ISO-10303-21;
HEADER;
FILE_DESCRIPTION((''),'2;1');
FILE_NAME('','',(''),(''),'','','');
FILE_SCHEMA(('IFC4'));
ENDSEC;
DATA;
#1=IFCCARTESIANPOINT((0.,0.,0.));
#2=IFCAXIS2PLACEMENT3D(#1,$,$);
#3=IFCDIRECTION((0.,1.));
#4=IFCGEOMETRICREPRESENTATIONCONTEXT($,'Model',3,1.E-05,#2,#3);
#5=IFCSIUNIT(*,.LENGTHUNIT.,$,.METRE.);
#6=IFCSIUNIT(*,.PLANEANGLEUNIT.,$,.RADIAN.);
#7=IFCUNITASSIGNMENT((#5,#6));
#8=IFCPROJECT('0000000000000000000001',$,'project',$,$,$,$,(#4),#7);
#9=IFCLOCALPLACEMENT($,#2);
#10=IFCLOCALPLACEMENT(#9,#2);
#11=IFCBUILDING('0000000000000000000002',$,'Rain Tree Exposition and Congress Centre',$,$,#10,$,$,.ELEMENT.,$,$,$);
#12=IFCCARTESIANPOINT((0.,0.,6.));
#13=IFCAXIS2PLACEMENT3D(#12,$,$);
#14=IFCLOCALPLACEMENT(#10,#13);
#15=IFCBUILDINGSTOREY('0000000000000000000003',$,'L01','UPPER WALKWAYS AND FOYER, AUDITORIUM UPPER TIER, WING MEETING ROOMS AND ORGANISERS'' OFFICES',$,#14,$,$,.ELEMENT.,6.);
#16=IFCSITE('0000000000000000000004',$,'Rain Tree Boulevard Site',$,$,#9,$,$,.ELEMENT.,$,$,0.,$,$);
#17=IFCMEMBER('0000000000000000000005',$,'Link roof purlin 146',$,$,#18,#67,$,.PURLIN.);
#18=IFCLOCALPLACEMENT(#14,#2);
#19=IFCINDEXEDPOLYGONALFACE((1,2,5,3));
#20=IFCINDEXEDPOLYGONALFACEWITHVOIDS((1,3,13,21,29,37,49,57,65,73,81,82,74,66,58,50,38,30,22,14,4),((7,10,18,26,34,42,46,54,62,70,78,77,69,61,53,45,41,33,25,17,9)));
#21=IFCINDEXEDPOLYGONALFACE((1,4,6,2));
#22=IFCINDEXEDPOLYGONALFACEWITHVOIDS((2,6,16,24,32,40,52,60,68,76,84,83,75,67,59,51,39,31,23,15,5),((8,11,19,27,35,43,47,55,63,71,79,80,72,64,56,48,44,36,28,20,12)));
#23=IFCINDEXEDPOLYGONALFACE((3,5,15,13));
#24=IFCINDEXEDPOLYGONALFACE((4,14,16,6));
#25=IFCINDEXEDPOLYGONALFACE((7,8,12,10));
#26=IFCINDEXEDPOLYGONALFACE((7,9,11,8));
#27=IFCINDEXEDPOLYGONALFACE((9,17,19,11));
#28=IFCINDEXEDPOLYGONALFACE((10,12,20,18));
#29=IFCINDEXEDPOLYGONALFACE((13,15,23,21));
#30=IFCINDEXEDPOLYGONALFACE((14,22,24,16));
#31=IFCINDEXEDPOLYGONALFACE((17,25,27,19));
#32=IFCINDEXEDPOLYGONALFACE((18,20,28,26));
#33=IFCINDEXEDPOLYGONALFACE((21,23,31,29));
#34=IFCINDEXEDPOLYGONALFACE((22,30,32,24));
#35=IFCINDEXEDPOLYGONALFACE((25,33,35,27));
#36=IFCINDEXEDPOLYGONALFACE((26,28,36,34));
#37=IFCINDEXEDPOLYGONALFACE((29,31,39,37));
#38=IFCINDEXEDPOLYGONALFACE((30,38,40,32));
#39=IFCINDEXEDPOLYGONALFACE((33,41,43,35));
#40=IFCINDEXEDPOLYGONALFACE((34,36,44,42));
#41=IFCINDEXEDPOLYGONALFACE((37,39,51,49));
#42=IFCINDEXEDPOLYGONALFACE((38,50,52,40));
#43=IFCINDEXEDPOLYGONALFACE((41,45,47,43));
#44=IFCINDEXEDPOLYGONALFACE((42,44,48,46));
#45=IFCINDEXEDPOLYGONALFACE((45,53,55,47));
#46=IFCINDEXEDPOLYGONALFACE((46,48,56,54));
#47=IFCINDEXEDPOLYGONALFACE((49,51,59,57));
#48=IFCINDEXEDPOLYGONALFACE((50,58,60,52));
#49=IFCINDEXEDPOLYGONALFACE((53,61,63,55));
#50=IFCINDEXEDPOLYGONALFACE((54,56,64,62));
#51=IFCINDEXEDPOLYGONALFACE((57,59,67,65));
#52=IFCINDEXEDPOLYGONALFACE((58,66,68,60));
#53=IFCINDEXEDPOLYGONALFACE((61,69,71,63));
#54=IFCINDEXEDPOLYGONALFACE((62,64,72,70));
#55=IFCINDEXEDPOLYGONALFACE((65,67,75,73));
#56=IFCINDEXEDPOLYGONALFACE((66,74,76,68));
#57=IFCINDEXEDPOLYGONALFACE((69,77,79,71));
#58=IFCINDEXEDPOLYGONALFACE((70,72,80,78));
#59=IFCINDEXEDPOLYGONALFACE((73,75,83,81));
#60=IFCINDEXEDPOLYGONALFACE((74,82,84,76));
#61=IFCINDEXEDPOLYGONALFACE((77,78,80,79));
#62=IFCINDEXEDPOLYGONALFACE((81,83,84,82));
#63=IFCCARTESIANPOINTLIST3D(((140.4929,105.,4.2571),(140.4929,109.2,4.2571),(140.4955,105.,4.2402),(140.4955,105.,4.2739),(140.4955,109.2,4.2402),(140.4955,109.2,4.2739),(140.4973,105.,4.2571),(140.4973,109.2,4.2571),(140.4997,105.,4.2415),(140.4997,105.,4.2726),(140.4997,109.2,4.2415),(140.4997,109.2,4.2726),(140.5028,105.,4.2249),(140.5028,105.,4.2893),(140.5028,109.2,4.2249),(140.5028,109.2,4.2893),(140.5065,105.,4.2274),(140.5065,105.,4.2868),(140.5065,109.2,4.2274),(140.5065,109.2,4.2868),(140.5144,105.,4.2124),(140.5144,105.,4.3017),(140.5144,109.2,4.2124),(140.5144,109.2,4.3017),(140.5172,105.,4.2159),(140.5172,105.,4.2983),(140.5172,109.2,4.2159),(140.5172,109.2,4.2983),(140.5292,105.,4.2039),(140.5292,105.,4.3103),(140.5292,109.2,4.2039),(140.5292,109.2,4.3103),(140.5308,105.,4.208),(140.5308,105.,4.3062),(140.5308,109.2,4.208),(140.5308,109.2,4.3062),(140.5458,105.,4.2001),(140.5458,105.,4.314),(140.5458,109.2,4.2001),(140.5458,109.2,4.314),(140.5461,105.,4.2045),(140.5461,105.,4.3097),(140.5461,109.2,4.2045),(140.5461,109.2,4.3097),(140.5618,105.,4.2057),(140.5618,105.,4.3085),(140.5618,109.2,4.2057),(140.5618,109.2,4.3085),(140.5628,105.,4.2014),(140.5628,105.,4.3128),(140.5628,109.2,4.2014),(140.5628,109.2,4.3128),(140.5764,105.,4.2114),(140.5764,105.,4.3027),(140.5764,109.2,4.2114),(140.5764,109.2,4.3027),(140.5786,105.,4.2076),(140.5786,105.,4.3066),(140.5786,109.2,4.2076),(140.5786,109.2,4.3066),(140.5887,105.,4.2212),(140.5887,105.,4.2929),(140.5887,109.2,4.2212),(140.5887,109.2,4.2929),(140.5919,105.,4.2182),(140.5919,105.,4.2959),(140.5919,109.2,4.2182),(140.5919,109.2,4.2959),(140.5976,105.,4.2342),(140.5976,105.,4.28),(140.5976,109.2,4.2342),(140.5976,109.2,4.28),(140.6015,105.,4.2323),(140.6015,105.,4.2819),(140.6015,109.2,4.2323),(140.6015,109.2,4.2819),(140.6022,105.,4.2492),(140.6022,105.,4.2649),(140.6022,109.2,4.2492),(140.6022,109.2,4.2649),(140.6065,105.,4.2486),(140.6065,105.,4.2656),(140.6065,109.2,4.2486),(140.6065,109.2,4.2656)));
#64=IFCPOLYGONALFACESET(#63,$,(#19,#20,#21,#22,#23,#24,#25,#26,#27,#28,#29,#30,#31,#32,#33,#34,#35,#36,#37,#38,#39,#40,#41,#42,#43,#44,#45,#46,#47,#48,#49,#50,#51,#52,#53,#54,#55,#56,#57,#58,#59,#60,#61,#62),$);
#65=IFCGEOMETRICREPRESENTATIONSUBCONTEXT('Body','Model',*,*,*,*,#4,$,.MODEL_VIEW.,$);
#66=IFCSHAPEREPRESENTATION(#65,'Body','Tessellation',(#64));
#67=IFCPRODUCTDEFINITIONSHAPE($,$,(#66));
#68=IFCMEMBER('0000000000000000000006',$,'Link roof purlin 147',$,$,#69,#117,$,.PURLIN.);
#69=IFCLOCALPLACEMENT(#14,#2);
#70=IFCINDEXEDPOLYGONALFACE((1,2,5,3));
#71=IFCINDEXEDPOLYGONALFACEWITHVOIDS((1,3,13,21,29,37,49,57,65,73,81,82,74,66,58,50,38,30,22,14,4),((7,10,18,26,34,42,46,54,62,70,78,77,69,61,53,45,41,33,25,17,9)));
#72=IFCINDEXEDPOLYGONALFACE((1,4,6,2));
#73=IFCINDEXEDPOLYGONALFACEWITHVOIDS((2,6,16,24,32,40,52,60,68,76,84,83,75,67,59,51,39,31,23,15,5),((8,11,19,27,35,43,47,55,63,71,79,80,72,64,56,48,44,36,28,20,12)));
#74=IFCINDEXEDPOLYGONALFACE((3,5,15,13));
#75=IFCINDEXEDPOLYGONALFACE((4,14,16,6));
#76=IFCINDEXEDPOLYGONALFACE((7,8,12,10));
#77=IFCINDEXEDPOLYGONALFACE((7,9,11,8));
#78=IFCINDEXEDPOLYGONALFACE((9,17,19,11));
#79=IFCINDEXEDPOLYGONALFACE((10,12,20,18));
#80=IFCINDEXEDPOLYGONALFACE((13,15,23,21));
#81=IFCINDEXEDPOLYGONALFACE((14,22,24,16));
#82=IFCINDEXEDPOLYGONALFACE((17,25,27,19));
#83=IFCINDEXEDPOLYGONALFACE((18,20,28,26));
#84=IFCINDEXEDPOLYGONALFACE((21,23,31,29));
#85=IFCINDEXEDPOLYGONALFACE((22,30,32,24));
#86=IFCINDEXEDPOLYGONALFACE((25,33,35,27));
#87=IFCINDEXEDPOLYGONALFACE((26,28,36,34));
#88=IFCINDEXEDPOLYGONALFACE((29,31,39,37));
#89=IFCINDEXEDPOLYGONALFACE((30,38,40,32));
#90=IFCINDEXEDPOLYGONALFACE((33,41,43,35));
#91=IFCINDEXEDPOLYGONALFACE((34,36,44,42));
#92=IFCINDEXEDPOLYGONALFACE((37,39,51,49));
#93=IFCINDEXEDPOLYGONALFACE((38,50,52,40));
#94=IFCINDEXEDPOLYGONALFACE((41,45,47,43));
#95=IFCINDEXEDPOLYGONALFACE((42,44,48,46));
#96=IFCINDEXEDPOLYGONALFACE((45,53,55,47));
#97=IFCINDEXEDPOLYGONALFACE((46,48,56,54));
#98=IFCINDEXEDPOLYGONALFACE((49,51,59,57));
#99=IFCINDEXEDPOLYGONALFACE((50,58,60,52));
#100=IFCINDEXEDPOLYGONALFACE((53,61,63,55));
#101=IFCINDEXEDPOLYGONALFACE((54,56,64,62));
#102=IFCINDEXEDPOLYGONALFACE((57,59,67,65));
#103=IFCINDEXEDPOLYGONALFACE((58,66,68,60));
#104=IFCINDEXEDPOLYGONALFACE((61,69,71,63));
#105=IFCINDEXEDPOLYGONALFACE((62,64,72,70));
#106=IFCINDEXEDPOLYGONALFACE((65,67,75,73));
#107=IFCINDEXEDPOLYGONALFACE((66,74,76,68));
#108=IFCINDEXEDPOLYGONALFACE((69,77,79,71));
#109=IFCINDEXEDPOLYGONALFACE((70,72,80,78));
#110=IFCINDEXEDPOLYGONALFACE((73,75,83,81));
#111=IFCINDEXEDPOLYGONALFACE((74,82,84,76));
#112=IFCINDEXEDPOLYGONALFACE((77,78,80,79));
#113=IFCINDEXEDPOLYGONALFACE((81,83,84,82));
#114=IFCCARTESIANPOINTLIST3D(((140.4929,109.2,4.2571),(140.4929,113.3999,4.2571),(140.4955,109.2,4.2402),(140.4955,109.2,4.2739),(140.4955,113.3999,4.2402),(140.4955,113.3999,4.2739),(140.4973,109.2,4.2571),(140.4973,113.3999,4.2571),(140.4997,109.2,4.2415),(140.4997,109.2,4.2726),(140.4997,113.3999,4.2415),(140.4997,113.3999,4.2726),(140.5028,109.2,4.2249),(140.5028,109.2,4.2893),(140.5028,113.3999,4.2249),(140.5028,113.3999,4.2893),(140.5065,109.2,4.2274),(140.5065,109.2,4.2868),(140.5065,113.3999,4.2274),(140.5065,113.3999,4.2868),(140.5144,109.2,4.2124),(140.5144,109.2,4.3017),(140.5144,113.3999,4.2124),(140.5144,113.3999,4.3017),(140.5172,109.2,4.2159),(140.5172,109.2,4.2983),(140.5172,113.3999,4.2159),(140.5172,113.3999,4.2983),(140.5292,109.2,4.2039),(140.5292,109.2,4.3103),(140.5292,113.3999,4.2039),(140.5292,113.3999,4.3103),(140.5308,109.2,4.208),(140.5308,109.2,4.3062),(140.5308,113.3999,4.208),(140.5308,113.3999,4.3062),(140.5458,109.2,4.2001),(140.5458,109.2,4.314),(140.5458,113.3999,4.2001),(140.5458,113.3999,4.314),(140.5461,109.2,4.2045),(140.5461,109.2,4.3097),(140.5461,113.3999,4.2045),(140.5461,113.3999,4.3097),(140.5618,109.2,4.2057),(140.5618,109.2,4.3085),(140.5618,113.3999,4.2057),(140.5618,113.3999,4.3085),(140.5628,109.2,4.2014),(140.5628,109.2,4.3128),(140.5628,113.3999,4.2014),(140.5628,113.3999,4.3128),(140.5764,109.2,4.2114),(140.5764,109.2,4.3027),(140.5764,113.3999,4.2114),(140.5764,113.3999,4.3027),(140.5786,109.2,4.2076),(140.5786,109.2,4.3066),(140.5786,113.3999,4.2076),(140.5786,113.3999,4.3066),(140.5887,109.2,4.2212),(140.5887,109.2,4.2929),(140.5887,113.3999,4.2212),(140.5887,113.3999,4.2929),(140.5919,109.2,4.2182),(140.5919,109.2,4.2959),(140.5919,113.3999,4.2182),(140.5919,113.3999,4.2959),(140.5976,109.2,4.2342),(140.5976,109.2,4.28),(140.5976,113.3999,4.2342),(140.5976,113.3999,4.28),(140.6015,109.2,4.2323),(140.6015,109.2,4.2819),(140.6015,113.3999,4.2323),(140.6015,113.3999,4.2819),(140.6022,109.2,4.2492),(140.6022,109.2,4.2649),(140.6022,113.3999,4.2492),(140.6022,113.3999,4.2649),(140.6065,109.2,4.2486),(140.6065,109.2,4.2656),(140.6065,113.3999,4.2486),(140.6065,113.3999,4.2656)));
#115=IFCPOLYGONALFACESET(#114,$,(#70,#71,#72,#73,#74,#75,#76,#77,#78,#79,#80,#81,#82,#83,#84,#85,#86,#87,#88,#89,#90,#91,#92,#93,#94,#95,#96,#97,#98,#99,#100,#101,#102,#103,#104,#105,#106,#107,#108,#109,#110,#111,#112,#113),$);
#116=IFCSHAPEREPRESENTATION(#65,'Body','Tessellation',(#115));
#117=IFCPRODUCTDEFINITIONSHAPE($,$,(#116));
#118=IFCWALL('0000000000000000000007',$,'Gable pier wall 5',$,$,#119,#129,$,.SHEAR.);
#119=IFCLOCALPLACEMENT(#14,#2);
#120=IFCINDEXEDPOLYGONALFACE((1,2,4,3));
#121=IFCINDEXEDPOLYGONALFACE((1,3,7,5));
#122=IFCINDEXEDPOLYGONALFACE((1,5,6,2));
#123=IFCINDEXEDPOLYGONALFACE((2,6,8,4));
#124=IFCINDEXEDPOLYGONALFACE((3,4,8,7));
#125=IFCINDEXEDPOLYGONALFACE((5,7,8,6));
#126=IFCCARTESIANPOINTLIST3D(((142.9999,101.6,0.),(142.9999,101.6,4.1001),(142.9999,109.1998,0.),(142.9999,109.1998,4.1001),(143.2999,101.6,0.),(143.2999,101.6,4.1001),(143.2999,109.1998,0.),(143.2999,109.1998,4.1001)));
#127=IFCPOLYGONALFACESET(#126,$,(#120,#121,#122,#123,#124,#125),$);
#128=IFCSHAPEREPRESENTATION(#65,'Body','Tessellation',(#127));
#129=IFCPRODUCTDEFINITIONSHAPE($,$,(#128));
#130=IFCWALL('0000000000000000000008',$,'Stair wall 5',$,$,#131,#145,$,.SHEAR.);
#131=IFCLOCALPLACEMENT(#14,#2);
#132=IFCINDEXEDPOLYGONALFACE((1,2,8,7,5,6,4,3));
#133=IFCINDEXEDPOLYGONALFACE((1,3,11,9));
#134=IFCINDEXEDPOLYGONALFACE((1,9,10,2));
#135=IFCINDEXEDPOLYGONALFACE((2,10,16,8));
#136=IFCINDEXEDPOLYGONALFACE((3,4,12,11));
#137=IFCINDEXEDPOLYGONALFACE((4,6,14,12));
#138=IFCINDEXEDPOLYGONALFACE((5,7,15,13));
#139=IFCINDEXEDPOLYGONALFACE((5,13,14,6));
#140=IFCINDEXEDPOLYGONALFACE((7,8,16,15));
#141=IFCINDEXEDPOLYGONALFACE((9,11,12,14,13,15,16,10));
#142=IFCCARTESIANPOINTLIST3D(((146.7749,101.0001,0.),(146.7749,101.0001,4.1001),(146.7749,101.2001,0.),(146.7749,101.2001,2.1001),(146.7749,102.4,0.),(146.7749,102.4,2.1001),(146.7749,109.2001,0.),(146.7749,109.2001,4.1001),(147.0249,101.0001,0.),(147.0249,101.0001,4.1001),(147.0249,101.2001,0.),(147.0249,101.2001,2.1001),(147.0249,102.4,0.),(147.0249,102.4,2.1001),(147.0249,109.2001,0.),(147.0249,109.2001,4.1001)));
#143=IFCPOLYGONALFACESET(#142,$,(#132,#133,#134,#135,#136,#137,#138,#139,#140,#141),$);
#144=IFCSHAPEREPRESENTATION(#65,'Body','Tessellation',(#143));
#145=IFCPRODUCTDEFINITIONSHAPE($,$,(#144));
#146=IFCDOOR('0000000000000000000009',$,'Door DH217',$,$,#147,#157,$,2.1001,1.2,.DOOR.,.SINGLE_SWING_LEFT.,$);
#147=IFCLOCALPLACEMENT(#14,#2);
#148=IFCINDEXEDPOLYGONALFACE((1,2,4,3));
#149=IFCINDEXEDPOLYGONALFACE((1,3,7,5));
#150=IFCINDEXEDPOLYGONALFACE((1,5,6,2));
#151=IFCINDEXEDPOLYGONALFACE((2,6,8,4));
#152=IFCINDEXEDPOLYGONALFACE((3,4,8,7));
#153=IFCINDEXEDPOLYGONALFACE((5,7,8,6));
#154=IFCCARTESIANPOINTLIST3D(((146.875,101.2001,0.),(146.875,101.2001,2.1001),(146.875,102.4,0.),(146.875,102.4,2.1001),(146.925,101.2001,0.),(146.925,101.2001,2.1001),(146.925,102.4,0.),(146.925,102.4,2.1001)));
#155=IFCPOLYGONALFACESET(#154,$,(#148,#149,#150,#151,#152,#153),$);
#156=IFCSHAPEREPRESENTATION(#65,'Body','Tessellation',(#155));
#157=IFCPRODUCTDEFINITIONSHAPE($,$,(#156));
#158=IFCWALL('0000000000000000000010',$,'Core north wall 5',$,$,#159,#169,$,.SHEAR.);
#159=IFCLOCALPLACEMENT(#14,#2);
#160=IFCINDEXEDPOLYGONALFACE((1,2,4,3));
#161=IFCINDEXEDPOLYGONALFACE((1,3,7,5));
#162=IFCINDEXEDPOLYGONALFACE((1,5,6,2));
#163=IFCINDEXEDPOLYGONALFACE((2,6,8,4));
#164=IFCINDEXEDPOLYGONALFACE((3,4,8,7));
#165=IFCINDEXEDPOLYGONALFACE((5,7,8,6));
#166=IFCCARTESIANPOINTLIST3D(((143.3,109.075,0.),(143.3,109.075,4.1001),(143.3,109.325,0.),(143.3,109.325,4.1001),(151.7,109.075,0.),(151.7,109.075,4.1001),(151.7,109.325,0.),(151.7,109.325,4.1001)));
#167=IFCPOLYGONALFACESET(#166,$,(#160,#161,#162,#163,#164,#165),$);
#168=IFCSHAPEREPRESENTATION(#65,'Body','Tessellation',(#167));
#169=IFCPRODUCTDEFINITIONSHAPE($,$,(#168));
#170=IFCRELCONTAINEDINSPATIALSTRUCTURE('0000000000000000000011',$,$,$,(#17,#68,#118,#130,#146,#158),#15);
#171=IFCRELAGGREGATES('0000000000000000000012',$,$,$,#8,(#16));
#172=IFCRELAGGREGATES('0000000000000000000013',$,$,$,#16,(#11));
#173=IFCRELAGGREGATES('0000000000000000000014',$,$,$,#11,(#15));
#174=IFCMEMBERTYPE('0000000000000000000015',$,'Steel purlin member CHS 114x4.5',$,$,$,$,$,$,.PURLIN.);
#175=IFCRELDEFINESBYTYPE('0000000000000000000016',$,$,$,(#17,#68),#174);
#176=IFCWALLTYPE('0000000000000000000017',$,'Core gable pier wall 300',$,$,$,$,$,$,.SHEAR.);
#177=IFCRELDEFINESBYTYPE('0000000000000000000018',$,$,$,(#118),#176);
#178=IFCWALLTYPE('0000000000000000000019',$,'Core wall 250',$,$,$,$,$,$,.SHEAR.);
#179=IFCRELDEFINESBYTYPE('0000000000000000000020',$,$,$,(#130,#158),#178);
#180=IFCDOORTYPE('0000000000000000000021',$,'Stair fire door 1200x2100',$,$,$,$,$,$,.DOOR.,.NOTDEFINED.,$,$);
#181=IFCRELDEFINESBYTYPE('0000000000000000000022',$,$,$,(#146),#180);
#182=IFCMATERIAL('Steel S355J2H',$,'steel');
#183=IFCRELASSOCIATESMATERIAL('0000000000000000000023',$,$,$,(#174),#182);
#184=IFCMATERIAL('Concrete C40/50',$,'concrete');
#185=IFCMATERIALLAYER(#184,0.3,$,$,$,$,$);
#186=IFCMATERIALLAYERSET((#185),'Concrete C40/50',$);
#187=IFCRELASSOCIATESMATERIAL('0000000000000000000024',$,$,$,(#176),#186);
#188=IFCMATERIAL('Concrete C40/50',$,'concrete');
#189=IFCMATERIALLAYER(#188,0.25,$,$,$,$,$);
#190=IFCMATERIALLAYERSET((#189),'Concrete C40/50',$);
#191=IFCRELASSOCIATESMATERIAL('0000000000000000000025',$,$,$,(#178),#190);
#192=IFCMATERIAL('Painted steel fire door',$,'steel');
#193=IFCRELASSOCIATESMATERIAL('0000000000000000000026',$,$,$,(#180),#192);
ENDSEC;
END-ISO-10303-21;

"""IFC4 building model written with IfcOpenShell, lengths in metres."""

from ifc_helpers import new_model, si_unit, direction, frame, frame_2d, origin, origin_2d, place, context, subcontext, project, spatial, rectangle, hollow_circle, extrude, material, layer, layer_set, material_profile, profile_set, type_object, element, fill, save


model = new_model("IFC4")

# Units and contexts
model_context = context("Model", 3, precision=1e-05, world=origin(), true_north=direction((0.0, 1.0)))
body_context = subcontext(model_context, "Body", "Model", "MODEL_VIEW")
ifc_project = project(units=[si_unit("LENGTHUNIT", "METRE"), si_unit("PLANEANGLEUNIT", "RADIAN")], contexts=[model_context])

# Site, building, storey
site_placement = place(None, origin())
site = spatial("IfcSite", under=ifc_project, at=site_placement, Name="Rain Tree Boulevard Site", CompositionType="ELEMENT", RefElevation=0.0)
building_placement = place(site_placement, origin())
building = spatial("IfcBuilding", under=site, at=building_placement, Name="Rain Tree Exposition and Congress Centre", CompositionType="ELEMENT")
storey_placement = place(building_placement, frame((0.0, 0.0, 6.0)))
storey = spatial("IfcBuildingStorey", under=building, at=storey_placement, Name="L01", Description="UPPER WALKWAYS AND FOYER, AUDITORIUM UPPER TIER, WING MEETING ROOMS AND ORGANISERS' OFFICES", CompositionType="ELEMENT", Elevation=6.0)

# Members
ifc_material_1 = material(Name="Steel S355J2H", Category="steel")
ifc_material_profile = material_profile(ifc_material_1, hollow_circle(Radius=0.0571, WallThickness=0.0044, at=origin_2d()), Name="CHS 114x4.5")
ifc_profile_set = profile_set([ifc_material_profile], Name="Steel S355J2H")
member_type = type_object("IfcMemberType", Name="Steel purlin member CHS 114x4.5", PredefinedType="PURLIN", material=ifc_profile_set)
for number, where, z_axis, x_axis, name in (
    (1, (140.55, 105.0, 4.2571), (0.0, 1.0, 0.0), (-1.0, 0.0, 0.0), "Link roof purlin 146"),
    (2, (140.55, 109.2, 4.2571), (0.0, 1.0, 0.0), (-1.0, 0.0, 0.0), "Link roof purlin 147"),
):
    element("IfcMember", number, at=place(storey_placement, frame(where, z_axis=z_axis, x_axis=x_axis)), inside=storey, type_object=member_type, Name=name, PredefinedType="PURLIN", context=body_context, shape_type="SweptSolid", body=[
        extrude(hollow_circle(Radius=0.0571, WallThickness=0.0044, at=origin_2d()), origin(), (0.0, 0.0, 1.0), 4.2),
    ])

# Wall
ifc_material_2 = material(Name="Concrete C40/50", Category="concrete")
ifc_layer_1 = layer(ifc_material_2, 0.3)
ifc_layer_set_1 = layer_set([ifc_layer_1], Name="Concrete C40/50")
wall_type_1 = type_object("IfcWallType", Name="Core gable pier wall 300", PredefinedType="SHEAR", material=ifc_layer_set_1)
wall_1_placement = place(storey_placement, frame((143.1499, 101.6001, 0.0), z_axis=(0.0, 0.0, 1.0), x_axis=(0.0, 1.0, 0.0)))
element("IfcWall", 3, at=wall_1_placement, inside=storey, type_object=wall_type_1, Name="Gable pier wall 5", PredefinedType="SHEAR", context=body_context, shape_type="SweptSolid", body=[
    extrude(rectangle(XDim=7.5999, YDim=0.3, at=frame_2d((3.7998, 0.0))), origin(), (0.0, 0.0, 1.0), 4.1001),
])

# Wall, opening, door
ifc_material_3 = material(Name="Concrete C40/50", Category="concrete")
ifc_layer_2 = layer(ifc_material_3, 0.25)
ifc_layer_set_2 = layer_set([ifc_layer_2], Name="Concrete C40/50")
wall_type_2 = type_object("IfcWallType", Name="Core wall 250", PredefinedType="SHEAR", material=ifc_layer_set_2)
wall_2_placement = place(storey_placement, frame((146.8999, 101.0, 0.0), z_axis=(0.0, 0.0, 1.0), x_axis=(0.0, 1.0, 0.0)))
wall_2 = element("IfcWall", 4, at=wall_2_placement, inside=storey, type_object=wall_type_2, Name="Stair wall 5", PredefinedType="SHEAR", context=body_context, shape_type="SweptSolid", body=[
    extrude(rectangle(XDim=8.2, YDim=0.25, at=frame_2d((4.1001, 0.0))), origin(), (0.0, 0.0, 1.0), 4.1001),
])
opening_1_placement = place(wall_2_placement, frame((0.2, 0.0, 0.0)))
opening_1 = element("IfcOpeningElement", 5, at=opening_1_placement, cuts=wall_2, PredefinedType="OPENING", context=body_context, shape_type="SweptSolid", body=[
    extrude(rectangle(XDim=1.2, YDim=2.1001, at=frame_2d((0.6001, 1.05))), frame((0.0, 0.125, 0.0), z_axis=(0.0, -1.0, 0.0), x_axis=(1.0, 0.0, 0.0)), (0.0, 0.0, 1.0), 0.25),
])
ifc_material_4 = material(Name="Painted steel fire door", Category="steel")
door_type_1 = type_object("IfcDoorType", Name="Stair fire door 1200x2100", OperationType="NOTDEFINED", PredefinedType="DOOR", material=ifc_material_4)
door_1_placement = place(opening_1_placement, origin())
door_1 = element("IfcDoor", 6, at=door_1_placement, inside=storey, type_object=door_type_1, Name="Door DH217", OperationType="SINGLE_SWING_LEFT", OverallHeight=2.1001, OverallWidth=1.2, PredefinedType="DOOR", context=body_context, shape_type="SweptSolid", body=[
    extrude(rectangle(XDim=1.2, YDim=2.1001, at=frame_2d((0.6001, 1.05))), frame((0.0, 0.0249, 0.0), z_axis=(0.0, -1.0, 0.0), x_axis=(1.0, 0.0, 0.0)), (0.0, 0.0, 1.0), 0.05),
])
fill(opening_1, door_1)

# Wall
wall_3_placement = place(storey_placement, frame((143.3, 109.2, 0.0), z_axis=(0.0, 0.0, 1.0), x_axis=(1.0, 0.0, 0.0)))
element("IfcWall", 7, at=wall_3_placement, inside=storey, type_object=wall_type_2, Name="Core north wall 5", PredefinedType="SHEAR", context=body_context, shape_type="SweptSolid", body=[
    extrude(rectangle(XDim=8.3999, YDim=0.25, at=frame_2d((4.2, 0.0))), origin(), (0.0, 0.0, 1.0), 4.1001),
])

save(model, "model.ifc")
